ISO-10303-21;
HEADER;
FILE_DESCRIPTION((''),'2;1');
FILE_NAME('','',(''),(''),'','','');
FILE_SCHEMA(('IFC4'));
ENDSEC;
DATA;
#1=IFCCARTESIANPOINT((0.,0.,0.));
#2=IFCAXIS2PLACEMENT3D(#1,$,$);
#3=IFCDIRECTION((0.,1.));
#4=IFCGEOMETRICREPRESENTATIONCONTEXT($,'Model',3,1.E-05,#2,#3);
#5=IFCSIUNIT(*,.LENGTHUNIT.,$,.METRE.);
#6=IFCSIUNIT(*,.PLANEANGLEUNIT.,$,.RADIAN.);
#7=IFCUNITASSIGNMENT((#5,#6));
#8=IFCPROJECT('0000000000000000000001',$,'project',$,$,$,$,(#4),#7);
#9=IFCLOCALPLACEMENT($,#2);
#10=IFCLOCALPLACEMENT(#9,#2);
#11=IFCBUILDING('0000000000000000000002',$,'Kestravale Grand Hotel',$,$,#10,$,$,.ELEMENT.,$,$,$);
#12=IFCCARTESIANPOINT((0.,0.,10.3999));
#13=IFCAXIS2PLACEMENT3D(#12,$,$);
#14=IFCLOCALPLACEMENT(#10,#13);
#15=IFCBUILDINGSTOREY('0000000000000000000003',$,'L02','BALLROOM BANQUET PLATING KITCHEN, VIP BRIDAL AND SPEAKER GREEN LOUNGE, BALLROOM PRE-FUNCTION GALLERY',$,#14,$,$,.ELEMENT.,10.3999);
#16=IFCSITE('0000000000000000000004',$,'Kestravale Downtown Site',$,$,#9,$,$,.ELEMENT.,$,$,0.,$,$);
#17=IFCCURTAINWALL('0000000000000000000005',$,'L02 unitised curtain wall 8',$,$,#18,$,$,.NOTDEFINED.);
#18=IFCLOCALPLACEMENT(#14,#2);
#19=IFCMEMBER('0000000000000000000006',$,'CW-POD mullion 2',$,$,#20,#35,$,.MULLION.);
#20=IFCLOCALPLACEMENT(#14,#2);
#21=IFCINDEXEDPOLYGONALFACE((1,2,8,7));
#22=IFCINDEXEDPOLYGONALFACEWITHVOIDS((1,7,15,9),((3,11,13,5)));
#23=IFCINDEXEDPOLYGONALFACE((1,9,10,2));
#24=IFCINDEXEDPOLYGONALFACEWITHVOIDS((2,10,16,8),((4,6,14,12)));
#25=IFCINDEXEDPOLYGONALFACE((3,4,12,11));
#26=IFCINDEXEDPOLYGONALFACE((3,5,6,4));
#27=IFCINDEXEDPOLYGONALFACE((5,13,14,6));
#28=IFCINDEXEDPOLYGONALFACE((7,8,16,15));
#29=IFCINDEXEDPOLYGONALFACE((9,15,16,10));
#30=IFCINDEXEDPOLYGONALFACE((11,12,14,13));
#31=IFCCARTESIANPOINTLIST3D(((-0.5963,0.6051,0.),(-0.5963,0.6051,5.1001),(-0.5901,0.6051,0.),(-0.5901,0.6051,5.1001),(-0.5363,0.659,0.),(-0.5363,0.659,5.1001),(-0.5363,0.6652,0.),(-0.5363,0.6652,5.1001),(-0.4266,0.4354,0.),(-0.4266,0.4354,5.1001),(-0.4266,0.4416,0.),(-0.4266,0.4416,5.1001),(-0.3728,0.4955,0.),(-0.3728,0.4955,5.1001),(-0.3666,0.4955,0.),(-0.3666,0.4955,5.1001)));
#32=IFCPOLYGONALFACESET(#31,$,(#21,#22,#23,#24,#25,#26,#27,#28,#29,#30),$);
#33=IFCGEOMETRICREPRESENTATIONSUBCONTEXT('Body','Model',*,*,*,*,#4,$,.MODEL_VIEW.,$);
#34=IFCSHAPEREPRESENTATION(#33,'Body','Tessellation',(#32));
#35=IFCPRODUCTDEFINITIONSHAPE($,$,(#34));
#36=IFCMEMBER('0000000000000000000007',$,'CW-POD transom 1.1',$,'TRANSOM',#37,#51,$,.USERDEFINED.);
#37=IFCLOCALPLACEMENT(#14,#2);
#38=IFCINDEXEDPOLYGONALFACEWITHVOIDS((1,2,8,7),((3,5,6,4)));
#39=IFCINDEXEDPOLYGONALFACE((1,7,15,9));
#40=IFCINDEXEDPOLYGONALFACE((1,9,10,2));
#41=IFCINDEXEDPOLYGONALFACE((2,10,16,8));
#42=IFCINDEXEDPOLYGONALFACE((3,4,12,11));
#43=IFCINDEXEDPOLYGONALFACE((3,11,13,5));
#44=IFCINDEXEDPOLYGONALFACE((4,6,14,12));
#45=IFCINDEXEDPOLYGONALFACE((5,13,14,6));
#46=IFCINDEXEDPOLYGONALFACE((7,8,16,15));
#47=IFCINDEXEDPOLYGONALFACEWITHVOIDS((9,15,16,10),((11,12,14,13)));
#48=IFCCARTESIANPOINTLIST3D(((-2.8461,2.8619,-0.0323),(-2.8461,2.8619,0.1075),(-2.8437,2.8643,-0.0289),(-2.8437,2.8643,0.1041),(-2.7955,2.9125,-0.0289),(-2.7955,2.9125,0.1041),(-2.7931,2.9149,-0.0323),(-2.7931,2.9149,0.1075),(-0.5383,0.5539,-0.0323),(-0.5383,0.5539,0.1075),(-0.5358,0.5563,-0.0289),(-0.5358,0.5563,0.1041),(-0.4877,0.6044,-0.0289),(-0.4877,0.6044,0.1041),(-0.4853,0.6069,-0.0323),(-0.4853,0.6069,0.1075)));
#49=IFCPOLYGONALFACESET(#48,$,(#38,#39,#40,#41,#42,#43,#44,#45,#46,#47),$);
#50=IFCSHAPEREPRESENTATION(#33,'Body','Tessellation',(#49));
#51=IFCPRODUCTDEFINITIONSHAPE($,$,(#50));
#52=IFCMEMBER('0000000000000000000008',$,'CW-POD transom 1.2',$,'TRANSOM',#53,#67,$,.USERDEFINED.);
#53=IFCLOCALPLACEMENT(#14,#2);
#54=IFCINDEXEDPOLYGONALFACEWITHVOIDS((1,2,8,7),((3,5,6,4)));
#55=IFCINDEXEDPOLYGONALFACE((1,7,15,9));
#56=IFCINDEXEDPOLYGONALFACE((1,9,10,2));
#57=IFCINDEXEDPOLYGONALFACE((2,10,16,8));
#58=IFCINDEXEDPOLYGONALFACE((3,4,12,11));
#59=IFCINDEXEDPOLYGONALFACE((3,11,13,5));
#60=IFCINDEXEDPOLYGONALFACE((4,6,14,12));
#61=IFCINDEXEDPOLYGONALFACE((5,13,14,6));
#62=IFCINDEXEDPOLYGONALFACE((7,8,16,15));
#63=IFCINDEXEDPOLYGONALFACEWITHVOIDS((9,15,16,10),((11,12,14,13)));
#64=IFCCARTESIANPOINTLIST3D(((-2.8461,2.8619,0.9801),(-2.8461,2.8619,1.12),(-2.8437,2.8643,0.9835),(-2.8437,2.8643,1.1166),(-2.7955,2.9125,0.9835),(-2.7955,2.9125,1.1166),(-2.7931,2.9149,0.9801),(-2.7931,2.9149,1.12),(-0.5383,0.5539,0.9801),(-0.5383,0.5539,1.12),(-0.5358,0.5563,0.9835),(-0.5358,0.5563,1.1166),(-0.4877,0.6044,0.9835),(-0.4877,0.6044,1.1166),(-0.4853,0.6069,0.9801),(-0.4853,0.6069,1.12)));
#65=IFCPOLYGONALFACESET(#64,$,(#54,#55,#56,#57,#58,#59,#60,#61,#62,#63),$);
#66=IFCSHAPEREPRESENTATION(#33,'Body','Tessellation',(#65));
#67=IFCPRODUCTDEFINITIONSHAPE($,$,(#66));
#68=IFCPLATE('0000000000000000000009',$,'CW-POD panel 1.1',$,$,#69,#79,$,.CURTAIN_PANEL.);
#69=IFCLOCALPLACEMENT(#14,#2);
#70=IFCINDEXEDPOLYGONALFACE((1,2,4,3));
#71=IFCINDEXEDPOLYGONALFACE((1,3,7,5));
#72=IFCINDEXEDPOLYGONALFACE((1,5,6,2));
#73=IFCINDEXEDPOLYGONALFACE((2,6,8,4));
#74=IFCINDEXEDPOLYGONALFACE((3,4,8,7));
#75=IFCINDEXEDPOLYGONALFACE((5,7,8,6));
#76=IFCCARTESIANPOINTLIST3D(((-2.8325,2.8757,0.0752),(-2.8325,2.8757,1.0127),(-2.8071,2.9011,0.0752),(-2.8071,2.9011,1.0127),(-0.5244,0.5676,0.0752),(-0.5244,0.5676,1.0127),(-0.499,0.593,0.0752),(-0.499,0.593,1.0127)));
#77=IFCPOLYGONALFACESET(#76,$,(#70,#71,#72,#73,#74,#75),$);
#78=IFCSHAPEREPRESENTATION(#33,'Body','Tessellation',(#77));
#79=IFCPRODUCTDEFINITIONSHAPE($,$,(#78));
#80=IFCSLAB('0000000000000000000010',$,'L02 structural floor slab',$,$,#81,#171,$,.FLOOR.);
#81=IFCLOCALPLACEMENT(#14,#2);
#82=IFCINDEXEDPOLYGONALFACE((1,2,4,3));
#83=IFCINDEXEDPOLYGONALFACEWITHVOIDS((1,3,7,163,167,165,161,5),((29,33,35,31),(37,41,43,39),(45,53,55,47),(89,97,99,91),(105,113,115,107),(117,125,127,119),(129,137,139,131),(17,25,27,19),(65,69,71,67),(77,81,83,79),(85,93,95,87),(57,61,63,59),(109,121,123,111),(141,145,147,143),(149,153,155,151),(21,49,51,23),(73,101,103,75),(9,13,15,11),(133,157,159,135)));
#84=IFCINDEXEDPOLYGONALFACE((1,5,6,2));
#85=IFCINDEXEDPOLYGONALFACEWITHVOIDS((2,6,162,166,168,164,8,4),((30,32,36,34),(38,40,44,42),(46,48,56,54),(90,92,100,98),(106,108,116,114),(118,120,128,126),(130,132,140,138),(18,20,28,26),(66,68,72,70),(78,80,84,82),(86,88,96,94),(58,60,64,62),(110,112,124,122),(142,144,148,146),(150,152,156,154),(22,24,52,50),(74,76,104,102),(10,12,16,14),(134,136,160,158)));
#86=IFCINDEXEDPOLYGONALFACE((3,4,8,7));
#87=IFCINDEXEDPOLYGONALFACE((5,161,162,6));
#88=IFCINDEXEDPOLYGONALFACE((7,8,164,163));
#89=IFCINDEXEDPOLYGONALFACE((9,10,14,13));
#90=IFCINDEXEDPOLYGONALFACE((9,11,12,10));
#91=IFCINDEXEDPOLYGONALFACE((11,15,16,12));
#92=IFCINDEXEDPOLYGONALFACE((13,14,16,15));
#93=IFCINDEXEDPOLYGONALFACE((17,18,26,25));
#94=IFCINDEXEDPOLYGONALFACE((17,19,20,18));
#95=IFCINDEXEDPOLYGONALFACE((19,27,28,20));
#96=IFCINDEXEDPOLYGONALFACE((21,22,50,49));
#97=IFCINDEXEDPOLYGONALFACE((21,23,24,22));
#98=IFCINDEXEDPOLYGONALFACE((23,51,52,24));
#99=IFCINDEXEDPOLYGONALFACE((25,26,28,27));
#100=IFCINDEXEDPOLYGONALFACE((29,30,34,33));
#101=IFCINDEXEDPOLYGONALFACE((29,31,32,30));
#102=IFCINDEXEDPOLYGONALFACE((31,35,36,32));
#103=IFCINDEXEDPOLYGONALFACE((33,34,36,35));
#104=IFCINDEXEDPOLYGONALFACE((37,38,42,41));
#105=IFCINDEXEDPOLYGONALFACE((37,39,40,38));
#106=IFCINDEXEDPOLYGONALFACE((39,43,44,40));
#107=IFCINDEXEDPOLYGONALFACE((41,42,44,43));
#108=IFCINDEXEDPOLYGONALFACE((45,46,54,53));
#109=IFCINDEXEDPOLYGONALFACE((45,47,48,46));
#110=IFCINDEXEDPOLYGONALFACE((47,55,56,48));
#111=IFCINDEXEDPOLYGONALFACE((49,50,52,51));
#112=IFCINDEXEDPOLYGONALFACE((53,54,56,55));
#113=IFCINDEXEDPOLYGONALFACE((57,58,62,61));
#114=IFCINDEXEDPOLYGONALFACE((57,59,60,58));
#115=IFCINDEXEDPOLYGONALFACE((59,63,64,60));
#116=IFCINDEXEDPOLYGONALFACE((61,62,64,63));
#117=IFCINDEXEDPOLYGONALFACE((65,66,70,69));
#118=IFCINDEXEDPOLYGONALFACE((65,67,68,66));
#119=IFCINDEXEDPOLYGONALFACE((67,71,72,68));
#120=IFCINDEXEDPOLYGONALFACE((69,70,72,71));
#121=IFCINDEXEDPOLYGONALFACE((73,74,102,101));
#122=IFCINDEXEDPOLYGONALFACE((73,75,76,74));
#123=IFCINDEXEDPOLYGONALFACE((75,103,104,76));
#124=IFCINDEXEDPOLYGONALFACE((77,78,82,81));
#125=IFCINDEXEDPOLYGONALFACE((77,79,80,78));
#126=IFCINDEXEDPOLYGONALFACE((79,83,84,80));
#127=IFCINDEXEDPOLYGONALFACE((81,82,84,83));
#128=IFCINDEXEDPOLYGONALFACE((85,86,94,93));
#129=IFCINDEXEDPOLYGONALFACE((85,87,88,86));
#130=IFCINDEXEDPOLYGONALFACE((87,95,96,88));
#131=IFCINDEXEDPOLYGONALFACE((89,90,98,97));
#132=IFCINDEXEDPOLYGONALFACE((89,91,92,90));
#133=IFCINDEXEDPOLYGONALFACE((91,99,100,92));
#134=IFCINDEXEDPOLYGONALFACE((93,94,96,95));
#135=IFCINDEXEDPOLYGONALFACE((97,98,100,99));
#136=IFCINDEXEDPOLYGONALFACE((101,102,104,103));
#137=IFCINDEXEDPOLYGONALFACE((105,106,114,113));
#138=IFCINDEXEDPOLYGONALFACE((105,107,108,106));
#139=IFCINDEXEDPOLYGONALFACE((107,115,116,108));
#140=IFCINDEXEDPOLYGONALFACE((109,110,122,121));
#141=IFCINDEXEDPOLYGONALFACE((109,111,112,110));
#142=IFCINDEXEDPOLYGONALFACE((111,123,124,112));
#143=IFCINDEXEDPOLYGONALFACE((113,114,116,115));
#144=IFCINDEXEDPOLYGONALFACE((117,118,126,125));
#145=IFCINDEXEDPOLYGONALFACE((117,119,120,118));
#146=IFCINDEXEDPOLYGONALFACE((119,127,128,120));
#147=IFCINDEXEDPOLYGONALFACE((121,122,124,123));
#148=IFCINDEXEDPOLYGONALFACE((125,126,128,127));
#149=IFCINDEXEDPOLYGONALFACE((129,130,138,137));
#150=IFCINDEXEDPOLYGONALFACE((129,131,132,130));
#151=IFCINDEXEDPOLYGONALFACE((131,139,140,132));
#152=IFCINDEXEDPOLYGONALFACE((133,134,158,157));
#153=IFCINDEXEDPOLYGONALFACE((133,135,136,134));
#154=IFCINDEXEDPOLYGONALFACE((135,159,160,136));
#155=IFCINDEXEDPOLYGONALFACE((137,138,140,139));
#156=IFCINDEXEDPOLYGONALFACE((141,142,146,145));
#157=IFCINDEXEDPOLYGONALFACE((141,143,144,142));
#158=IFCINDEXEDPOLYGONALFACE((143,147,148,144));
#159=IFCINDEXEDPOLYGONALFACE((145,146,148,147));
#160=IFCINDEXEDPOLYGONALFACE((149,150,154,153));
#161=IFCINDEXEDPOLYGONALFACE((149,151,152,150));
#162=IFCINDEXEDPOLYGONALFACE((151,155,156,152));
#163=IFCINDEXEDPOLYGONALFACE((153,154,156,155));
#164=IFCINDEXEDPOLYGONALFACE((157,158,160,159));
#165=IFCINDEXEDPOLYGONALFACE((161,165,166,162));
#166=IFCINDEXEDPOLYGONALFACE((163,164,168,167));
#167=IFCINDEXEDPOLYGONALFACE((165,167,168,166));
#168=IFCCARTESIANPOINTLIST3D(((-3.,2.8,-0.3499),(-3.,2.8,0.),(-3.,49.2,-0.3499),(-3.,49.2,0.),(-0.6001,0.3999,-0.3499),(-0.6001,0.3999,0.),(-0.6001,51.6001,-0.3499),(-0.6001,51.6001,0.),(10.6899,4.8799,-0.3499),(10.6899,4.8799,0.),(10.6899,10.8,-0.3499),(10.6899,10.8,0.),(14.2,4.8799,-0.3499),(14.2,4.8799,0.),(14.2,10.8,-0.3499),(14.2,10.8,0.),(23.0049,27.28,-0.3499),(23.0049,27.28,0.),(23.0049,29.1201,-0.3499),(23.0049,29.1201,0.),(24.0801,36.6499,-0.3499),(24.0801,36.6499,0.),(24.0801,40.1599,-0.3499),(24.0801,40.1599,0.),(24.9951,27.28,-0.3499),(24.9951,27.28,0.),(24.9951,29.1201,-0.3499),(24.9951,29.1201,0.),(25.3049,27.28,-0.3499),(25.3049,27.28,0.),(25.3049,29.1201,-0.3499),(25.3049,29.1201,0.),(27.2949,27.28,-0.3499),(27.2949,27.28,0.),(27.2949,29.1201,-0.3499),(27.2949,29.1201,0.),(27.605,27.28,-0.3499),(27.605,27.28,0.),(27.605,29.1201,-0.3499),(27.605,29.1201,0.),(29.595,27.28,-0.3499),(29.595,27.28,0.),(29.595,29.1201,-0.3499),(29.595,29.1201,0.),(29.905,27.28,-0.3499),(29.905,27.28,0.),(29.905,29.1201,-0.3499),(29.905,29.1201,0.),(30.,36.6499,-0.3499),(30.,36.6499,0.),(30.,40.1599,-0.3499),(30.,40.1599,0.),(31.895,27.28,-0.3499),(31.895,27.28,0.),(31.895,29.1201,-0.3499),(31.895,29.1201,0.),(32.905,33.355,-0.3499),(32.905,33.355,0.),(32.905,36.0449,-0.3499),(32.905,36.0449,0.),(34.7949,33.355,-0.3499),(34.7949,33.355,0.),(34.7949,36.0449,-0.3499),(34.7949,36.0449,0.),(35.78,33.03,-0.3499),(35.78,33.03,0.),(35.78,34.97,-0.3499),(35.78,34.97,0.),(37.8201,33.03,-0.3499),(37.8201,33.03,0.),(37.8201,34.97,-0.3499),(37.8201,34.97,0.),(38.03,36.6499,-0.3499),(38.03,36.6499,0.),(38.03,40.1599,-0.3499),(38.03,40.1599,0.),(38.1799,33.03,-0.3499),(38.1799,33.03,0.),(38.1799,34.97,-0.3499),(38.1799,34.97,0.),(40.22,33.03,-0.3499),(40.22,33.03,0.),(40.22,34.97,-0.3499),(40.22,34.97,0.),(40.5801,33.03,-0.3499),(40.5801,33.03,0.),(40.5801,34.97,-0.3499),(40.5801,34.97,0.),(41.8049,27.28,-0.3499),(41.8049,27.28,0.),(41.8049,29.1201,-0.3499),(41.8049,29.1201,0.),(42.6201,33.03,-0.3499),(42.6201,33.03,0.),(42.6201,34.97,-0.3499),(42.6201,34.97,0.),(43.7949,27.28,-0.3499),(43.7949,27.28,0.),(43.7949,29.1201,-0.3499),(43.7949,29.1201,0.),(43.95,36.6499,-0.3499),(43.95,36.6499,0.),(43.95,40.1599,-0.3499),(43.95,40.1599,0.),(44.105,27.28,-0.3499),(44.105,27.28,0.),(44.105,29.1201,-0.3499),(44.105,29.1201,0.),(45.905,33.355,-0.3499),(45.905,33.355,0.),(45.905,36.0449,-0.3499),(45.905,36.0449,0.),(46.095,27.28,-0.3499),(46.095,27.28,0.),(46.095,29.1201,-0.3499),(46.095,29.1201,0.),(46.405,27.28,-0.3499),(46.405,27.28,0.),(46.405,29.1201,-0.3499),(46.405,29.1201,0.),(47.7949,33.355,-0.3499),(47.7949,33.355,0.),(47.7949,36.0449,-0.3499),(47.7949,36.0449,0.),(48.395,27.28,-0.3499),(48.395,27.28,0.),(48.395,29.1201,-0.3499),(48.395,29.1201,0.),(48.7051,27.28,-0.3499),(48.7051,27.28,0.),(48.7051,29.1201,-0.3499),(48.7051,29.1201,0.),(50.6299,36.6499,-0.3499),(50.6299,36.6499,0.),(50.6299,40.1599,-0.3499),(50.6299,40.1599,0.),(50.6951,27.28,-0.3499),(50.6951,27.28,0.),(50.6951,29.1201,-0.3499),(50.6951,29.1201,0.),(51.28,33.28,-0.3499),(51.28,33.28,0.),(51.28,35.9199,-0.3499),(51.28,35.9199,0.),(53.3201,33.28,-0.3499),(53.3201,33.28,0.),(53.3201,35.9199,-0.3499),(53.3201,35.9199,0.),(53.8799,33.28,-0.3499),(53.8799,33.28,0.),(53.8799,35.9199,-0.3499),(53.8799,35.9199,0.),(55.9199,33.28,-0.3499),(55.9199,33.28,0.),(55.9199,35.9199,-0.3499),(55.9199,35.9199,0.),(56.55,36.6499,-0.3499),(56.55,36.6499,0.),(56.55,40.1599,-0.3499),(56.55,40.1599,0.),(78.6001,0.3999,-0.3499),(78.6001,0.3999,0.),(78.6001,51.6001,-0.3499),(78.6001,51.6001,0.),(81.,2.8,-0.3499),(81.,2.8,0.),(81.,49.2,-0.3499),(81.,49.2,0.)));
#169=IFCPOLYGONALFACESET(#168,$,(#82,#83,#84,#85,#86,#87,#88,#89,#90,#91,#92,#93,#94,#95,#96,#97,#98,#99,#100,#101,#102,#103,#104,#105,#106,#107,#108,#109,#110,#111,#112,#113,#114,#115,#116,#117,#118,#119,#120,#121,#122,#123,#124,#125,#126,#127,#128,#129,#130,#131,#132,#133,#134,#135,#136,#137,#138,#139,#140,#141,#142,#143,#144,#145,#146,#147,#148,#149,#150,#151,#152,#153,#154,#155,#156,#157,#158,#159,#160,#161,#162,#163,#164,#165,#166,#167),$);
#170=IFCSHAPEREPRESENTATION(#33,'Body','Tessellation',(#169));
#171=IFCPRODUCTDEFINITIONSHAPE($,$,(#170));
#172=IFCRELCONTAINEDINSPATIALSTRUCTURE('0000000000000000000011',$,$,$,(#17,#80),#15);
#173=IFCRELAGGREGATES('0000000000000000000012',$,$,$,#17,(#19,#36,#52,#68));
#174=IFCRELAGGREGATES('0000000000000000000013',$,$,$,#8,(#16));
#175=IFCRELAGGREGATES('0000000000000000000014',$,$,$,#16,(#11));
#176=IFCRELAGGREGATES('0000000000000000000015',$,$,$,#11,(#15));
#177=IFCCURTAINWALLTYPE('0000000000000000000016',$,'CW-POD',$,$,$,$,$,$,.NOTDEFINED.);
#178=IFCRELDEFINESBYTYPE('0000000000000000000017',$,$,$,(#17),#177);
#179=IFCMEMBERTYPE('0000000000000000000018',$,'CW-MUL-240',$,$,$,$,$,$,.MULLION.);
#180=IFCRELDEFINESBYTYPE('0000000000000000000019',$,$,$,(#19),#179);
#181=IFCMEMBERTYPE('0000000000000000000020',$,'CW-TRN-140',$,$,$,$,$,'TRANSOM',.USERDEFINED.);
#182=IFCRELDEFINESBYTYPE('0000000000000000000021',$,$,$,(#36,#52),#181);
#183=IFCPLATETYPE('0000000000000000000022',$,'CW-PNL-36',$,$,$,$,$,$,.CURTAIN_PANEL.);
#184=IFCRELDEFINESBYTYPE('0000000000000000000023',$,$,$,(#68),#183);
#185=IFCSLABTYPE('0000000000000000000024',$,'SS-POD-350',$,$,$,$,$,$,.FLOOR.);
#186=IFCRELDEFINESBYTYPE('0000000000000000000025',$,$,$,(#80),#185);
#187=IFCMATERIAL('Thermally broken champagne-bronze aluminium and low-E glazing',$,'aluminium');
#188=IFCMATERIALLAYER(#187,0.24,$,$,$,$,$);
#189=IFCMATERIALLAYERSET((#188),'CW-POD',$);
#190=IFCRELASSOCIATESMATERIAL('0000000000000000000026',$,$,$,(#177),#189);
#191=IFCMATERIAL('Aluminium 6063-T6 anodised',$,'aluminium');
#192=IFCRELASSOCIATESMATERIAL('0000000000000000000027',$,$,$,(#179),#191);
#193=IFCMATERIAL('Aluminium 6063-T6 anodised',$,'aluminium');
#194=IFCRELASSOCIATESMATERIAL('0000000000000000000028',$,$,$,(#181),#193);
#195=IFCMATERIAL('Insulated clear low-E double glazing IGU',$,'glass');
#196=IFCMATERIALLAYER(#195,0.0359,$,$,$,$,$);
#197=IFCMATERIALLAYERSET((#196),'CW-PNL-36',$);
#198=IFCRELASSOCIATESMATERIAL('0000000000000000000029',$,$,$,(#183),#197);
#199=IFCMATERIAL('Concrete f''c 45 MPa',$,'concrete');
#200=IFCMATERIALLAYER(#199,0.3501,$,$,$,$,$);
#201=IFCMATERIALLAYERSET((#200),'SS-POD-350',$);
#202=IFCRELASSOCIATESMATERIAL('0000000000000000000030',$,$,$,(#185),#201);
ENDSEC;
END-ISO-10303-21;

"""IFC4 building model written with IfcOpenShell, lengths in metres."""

from ifc_helpers import new_model, si_unit, direction, frame, origin, origin_2d, place, context, subcontext, project, spatial, polyline, rectangle, hollow_rectangle, outline, extrude, material, layer, layer_set, material_profile, profile_set, type_object, element, aggregate, save


model = new_model("IFC4")

# Units and contexts
model_context = context("Model", 3, precision=1e-05, world=origin(), true_north=direction((0.0, 1.0)))
body_context = subcontext(model_context, "Body", "Model", "MODEL_VIEW")
ifc_project = project(units=[si_unit("LENGTHUNIT", "METRE"), si_unit("PLANEANGLEUNIT", "RADIAN")], contexts=[model_context])

# Site, building, storey
site_placement = place(None, origin())
site = spatial("IfcSite", under=ifc_project, at=site_placement, Name="Kestravale Downtown Site", CompositionType="ELEMENT", RefElevation=0.0)
building_placement = place(site_placement, origin())
building = spatial("IfcBuilding", under=site, at=building_placement, Name="Kestravale Grand Hotel", CompositionType="ELEMENT")
storey_placement = place(building_placement, frame((0.0, 0.0, 10.3999)))
storey = spatial("IfcBuildingStorey", under=building, at=storey_placement, Name="L02", Description="BALLROOM BANQUET PLATING KITCHEN, VIP BRIDAL AND SPEAKER GREEN LOUNGE, BALLROOM PRE-FUNCTION GALLERY", CompositionType="ELEMENT", Elevation=10.3999)

# Curtain wall, members, plate
ifc_material_1 = material(Name="Thermally broken champagne-bronze aluminium and low-E glazing", Category="aluminium")
ifc_layer_1 = layer(ifc_material_1, 0.24)
ifc_layer_set_1 = layer_set([ifc_layer_1], Name="CW-POD")
curtain_wall_type = type_object("IfcCurtainWallType", Name="CW-POD", PredefinedType="NOTDEFINED", material=ifc_layer_set_1)
curtain_wall_placement = place(storey_placement, origin())
curtain_wall = element("IfcCurtainWall", 1, at=curtain_wall_placement, inside=storey, type_object=curtain_wall_type, Name="L02 unitised curtain wall 8", PredefinedType="NOTDEFINED")
ifc_material_2 = material(Name="Aluminium 6063-T6 anodised", Category="aluminium")
ifc_material_profile_1 = material_profile(ifc_material_2, hollow_rectangle(XDim=0.085, YDim=0.24, WallThickness=0.0044, at=origin_2d()))
ifc_profile_set_1 = profile_set([ifc_material_profile_1], Name="Aluminium 6063-T6 anodised")
member_type_1 = type_object("IfcMemberType", Name="CW-MUL-240", PredefinedType="MULLION", material=ifc_profile_set_1)
member_1_placement = place(storey_placement, frame((-0.4814, 0.5503, 0.0), z_axis=(0.0, 0.0, 1.0), x_axis=(0.707107, 0.707107, 0.0)))
member_1 = element("IfcMember", 2, at=member_1_placement, type_object=member_type_1, Name="CW-POD mullion 2", PredefinedType="MULLION", context=body_context, shape_type="SweptSolid", body=[
    extrude(hollow_rectangle(XDim=0.085, YDim=0.24, WallThickness=0.0044, at=origin_2d()), origin(), (0.0, 0.0, 1.0), 5.1001),
])
ifc_material_3 = material(Name="Aluminium 6063-T6 anodised", Category="aluminium")
ifc_material_profile_2 = material_profile(ifc_material_3, hollow_rectangle(XDim=0.075, YDim=0.1399, WallThickness=0.0034, at=origin_2d()))
ifc_profile_set_2 = profile_set([ifc_material_profile_2], Name="Aluminium 6063-T6 anodised")
member_type_2 = type_object("IfcMemberType", Name="CW-TRN-140", ElementType="TRANSOM", PredefinedType="USERDEFINED", material=ifc_profile_set_2)
member_2_placement = place(storey_placement, frame((-2.8196, 2.8884, 0.0376), z_axis=(0.707069, -0.707144, 0.0), x_axis=(0.707144, 0.707069, 0.0)))
member_2 = element("IfcMember", 3, at=member_2_placement, type_object=member_type_2, Name="CW-POD transom 1.1", ObjectType="TRANSOM", PredefinedType="USERDEFINED", context=body_context, shape_type="SweptSolid", body=[
    extrude(hollow_rectangle(XDim=0.075, YDim=0.1399, WallThickness=0.0034, at=origin_2d()), origin(), (0.0, 0.0, 1.0), 3.2639),
])
member_3_placement = place(storey_placement, frame((-2.8196, 2.8884, 1.05), z_axis=(0.707069, -0.707144, 0.0), x_axis=(0.707144, 0.707069, 0.0)))
member_3 = element("IfcMember", 4, at=member_3_placement, type_object=member_type_2, Name="CW-POD transom 1.2", ObjectType="TRANSOM", PredefinedType="USERDEFINED", context=body_context, shape_type="SweptSolid", body=[
    extrude(hollow_rectangle(XDim=0.075, YDim=0.1399, WallThickness=0.0034, at=origin_2d()), origin(), (0.0, 0.0, 1.0), 3.2639),
])
ifc_material_4 = material(Name="Insulated clear low-E double glazing IGU", Category="glass")
ifc_layer_2 = layer(ifc_material_4, 0.0359)
ifc_layer_set_2 = layer_set([ifc_layer_2], Name="CW-PNL-36")
plate_type = type_object("IfcPlateType", Name="CW-PNL-36", PredefinedType="CURTAIN_PANEL", material=ifc_layer_set_2)
plate_placement = place(storey_placement, frame((-1.6658, 1.7344, 0.0752), z_axis=(0.0, 0.0, 1.0), x_axis=(0.707107, -0.707107, 0.0)))
plate = element("IfcPlate", 5, at=plate_placement, type_object=plate_type, Name="CW-POD panel 1.1", PredefinedType="CURTAIN_PANEL", context=body_context, shape_type="SweptSolid", body=[
    extrude(rectangle(XDim=3.2642, YDim=0.0359, at=origin_2d()), origin(), (0.0, 0.0, 1.0), 0.9375),
])
aggregate(curtain_wall, [member_1, member_2, member_3, plate])

# Slab
ifc_material_5 = material(Name="Concrete f'c 45 MPa", Category="concrete")
ifc_layer_3 = layer(ifc_material_5, 0.3501)
ifc_layer_set_3 = layer_set([ifc_layer_3], Name="SS-POD-350")
slab_type = type_object("IfcSlabType", Name="SS-POD-350", PredefinedType="FLOOR", material=ifc_layer_set_3)
slab_placement = place(storey_placement, frame((0.0, 0.0, -0.3499)))
element("IfcSlab", 6, at=slab_placement, inside=storey, type_object=slab_type, Name="L02 structural floor slab", PredefinedType="FLOOR", context=body_context, shape_type="SweptSolid", body=[
    extrude(outline(polyline([(-0.6001, 0.3999), (78.6001, 0.3999), (81.0, 2.8), (81.0, 49.2), (78.6001, 51.6001), (-0.6001, 51.6001), (-3.0, 49.2), (-3.0, 2.8), (-0.6001, 0.3999)]), holes=[polyline([(24.0801, 36.6499), (30.0, 36.6499), (30.0, 40.1599), (24.0801, 40.1599), (24.0801, 36.6499)]), polyline([(38.03, 36.6499), (43.95, 36.6499), (43.95, 40.1599), (38.03, 40.1599), (38.03, 36.6499)]), polyline([(50.6299, 36.6499), (56.55, 36.6499), (56.55, 40.1599), (50.6299, 40.1599), (50.6299, 36.6499)]), polyline([(14.2, 4.8799), (14.2, 10.8), (10.6899, 10.8), (10.6899, 4.8799), (14.2, 4.8799)]), polyline([(23.0049, 27.28), (24.9951, 27.28), (24.9951, 29.1201), (23.0049, 29.1201), (23.0049, 27.28)]), polyline([(25.3049, 27.28), (27.2949, 27.28), (27.2949, 29.1201), (25.3049, 29.1201), (25.3049, 27.28)]), polyline([(27.605, 27.28), (29.595, 27.28), (29.595, 29.1201), (27.605, 29.1201), (27.605, 27.28)]), polyline([(29.905, 27.28), (31.895, 27.28), (31.895, 29.1201), (29.905, 29.1201), (29.905, 27.28)]), polyline([(41.8049, 27.28), (43.7949, 27.28), (43.7949, 29.1201), (41.8049, 29.1201), (41.8049, 27.28)]), polyline([(44.105, 27.28), (46.095, 27.28), (46.095, 29.1201), (44.105, 29.1201), (44.105, 27.28)]), polyline([(46.405, 27.28), (48.395, 27.28), (48.395, 29.1201), (46.405, 29.1201), (46.405, 27.28)]), polyline([(48.7051, 27.28), (50.6951, 27.28), (50.6951, 29.1201), (48.7051, 29.1201), (48.7051, 27.28)]), polyline([(35.78, 33.03), (37.8201, 33.03), (37.8201, 34.97), (35.78, 34.97), (35.78, 33.03)]), polyline([(38.1799, 33.03), (40.22, 33.03), (40.22, 34.97), (38.1799, 34.97), (38.1799, 33.03)]), polyline([(40.5801, 33.03), (42.6201, 33.03), (42.6201, 34.97), (40.5801, 34.97), (40.5801, 33.03)]), polyline([(32.905, 33.355), (34.7949, 33.355), (34.7949, 36.0449), (32.905, 36.0449), (32.905, 33.355)]), polyline([(45.905, 33.355), (47.7949, 33.355), (47.7949, 36.0449), (45.905, 36.0449), (45.905, 33.355)]), polyline([(51.28, 33.28), (53.3201, 33.28), (53.3201, 35.9199), (51.28, 35.9199), (51.28, 33.28)]), polyline([(53.8799, 33.28), (55.9199, 33.28), (55.9199, 35.9199), (53.8799, 35.9199), (53.8799, 33.28)])]), origin(), (0.0, 0.0, 1.0), 0.3499),
])

save(model, "model.ifc")
